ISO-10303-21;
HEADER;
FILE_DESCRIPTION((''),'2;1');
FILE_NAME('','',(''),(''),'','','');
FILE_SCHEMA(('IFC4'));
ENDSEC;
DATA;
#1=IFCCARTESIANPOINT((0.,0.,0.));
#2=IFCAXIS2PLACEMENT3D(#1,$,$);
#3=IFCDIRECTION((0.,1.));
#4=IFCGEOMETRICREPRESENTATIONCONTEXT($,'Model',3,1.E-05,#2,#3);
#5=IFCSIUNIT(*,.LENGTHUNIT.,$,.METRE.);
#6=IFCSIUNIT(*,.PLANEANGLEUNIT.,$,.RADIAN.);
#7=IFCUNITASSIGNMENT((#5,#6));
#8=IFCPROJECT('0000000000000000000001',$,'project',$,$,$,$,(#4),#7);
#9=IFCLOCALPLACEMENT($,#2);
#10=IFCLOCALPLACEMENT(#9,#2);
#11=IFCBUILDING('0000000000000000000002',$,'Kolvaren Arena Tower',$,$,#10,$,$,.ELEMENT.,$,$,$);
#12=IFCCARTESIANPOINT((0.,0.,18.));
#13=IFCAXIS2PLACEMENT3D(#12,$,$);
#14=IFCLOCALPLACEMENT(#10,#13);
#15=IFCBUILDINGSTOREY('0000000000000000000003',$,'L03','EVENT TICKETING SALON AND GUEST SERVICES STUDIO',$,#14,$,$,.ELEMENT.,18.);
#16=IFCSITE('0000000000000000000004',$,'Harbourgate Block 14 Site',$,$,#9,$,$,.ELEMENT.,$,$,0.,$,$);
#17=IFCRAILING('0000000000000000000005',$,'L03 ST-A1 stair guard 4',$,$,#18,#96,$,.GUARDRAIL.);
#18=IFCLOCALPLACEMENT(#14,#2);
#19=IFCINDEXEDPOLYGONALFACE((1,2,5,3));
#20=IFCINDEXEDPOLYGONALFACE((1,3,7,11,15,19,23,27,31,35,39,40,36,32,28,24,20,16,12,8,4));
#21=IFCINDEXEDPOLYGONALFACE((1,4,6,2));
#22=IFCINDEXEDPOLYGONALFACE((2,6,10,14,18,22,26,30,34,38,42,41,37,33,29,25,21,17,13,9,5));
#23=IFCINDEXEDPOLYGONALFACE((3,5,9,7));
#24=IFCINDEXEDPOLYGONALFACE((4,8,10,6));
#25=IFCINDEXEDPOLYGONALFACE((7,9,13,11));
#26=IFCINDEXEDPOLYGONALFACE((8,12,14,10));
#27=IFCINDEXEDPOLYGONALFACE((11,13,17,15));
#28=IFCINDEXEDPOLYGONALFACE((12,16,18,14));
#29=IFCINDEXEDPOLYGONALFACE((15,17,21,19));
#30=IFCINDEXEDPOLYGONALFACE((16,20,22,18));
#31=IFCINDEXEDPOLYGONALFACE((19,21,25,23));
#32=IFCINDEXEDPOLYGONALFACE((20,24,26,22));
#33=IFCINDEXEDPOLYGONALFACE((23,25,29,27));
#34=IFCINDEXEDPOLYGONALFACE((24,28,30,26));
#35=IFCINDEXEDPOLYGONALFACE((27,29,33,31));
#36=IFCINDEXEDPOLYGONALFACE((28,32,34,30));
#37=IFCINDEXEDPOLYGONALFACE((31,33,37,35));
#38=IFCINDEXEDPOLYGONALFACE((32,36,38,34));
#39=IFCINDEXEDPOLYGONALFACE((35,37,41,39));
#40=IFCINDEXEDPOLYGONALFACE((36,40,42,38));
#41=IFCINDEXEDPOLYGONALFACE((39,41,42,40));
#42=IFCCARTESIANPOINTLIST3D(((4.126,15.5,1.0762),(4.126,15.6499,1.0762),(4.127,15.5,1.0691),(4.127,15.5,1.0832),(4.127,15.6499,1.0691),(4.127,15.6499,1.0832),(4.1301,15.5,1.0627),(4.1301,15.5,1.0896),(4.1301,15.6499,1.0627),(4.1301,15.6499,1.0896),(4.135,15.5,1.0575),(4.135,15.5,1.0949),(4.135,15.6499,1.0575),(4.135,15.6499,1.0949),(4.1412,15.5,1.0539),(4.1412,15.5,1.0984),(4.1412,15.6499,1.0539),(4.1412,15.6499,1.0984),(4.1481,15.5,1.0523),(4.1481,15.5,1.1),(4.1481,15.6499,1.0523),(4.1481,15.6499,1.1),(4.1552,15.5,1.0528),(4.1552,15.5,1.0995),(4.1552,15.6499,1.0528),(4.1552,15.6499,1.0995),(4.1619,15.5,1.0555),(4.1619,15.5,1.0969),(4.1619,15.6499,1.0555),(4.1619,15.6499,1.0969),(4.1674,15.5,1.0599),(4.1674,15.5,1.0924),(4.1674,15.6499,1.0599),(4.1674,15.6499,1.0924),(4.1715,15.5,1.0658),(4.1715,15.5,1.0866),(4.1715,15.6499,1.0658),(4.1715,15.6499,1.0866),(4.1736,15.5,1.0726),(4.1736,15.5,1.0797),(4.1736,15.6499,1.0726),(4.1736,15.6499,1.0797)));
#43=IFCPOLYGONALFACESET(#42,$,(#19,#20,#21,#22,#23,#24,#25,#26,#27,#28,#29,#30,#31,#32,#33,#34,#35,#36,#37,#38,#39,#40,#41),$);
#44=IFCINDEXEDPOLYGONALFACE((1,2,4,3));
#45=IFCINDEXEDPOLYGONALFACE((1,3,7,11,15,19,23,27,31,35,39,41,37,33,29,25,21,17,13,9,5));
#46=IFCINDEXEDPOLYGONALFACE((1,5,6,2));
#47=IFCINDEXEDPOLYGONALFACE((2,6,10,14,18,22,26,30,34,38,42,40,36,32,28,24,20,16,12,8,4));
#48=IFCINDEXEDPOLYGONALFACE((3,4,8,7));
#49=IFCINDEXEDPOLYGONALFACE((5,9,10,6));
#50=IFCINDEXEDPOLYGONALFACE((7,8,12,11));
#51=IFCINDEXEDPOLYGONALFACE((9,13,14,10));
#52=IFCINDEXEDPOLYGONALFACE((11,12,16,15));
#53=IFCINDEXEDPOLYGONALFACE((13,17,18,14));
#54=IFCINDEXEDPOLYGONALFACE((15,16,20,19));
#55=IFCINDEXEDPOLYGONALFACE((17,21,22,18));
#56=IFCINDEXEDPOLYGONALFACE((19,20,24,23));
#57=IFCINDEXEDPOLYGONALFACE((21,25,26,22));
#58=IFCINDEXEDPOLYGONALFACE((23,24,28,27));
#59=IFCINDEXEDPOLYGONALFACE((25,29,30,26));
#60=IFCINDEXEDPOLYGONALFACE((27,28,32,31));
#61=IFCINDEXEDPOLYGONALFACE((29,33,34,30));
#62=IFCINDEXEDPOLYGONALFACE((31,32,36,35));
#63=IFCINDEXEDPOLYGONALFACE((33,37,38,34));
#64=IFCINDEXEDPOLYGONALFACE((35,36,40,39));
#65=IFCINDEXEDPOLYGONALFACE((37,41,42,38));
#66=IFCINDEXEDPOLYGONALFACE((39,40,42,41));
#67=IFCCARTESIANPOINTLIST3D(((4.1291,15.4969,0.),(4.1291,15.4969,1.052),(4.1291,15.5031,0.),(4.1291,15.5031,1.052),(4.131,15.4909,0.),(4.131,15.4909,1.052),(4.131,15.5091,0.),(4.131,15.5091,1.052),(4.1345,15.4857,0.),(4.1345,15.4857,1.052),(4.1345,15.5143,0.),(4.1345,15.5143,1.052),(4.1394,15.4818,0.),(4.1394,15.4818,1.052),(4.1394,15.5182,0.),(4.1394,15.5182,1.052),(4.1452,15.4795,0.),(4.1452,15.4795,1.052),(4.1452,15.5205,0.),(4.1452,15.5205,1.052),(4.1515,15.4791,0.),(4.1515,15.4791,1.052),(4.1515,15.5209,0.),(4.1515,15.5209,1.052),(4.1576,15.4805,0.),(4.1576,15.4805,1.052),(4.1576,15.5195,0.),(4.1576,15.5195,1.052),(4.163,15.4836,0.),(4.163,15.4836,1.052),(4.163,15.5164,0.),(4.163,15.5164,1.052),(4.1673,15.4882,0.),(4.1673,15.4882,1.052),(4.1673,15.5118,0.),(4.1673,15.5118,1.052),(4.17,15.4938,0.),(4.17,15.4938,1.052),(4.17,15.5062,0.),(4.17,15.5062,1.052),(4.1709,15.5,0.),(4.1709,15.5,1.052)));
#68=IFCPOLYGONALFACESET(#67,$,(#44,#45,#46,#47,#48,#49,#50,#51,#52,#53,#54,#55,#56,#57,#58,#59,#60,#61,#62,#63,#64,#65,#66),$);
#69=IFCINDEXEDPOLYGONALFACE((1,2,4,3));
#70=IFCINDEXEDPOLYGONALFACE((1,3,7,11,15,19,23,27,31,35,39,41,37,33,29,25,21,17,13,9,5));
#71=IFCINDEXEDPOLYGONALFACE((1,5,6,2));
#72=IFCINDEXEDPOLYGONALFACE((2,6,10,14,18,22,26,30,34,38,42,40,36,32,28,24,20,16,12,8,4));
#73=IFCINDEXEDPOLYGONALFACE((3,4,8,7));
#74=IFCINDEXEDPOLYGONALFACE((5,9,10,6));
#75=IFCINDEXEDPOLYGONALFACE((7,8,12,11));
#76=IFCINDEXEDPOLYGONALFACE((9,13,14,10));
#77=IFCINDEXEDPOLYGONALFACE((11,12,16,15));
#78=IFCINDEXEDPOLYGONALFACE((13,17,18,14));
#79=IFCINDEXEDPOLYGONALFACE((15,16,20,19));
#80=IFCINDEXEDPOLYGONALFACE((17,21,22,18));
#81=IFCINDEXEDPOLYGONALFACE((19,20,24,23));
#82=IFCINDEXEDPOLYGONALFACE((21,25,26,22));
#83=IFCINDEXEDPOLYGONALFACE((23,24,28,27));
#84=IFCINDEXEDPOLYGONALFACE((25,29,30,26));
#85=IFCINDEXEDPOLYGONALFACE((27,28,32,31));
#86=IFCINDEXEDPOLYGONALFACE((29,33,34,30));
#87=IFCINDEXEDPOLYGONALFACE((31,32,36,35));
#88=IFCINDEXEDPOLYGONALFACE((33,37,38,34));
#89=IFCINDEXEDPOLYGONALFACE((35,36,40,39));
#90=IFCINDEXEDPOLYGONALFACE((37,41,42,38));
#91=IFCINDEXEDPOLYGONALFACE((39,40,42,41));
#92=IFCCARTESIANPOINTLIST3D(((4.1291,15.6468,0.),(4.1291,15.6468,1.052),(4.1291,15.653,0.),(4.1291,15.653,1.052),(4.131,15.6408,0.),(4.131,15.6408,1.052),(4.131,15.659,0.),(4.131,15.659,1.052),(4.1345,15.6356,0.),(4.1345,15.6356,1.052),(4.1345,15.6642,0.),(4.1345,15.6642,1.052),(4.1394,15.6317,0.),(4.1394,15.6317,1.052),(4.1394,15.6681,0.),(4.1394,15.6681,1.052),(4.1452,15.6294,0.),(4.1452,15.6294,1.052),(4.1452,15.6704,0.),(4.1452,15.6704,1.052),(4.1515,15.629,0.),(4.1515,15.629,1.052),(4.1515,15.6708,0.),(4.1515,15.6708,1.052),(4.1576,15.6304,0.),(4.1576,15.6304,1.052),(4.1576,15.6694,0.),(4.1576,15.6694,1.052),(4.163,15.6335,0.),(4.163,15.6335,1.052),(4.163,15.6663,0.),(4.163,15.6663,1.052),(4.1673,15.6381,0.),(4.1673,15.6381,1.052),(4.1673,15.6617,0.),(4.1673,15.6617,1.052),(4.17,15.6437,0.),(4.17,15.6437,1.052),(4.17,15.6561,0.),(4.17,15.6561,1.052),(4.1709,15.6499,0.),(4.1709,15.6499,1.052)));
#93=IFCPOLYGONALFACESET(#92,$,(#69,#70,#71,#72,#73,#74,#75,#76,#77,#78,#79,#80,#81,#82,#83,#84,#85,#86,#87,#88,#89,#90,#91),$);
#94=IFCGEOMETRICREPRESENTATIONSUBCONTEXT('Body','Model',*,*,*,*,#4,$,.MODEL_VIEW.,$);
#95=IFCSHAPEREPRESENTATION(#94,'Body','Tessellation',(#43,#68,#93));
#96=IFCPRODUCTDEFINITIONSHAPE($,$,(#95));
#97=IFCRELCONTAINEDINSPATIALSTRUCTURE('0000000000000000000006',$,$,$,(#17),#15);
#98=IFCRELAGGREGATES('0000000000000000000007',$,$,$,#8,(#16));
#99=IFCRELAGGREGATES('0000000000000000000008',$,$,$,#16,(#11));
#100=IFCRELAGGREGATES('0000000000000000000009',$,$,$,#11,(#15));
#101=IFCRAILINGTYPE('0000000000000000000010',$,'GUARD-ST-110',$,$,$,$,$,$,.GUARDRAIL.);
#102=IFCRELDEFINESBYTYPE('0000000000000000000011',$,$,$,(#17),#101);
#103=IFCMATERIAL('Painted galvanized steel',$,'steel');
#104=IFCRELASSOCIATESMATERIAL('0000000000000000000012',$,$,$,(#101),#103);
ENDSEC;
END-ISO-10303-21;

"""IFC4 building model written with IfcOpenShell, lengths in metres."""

from ifc_helpers import new_model, si_unit, direction, frame, origin, origin_2d, place, context, subcontext, project, spatial, circle, extrude, material, type_object, element, save


model = new_model("IFC4")

# Units and contexts
model_context = context("Model", 3, precision=1e-05, world=origin(), true_north=direction((0.0, 1.0)))
body_context = subcontext(model_context, "Body", "Model", "MODEL_VIEW")
ifc_project = project(units=[si_unit("LENGTHUNIT", "METRE"), si_unit("PLANEANGLEUNIT", "RADIAN")], contexts=[model_context])

# Site, building, storey
site_placement = place(None, origin())
site = spatial("IfcSite", under=ifc_project, at=site_placement, Name="Harbourgate Block 14 Site", CompositionType="ELEMENT", RefElevation=0.0)
building_placement = place(site_placement, origin())
building = spatial("IfcBuilding", under=site, at=building_placement, Name="Kolvaren Arena Tower", CompositionType="ELEMENT")
storey_placement = place(building_placement, frame((0.0, 0.0, 18.0)))
storey = spatial("IfcBuildingStorey", under=building, at=storey_placement, Name="L03", Description="EVENT TICKETING SALON AND GUEST SERVICES STUDIO", CompositionType="ELEMENT", Elevation=18.0)

# Railing
ifc_material_1 = material(Name="Painted galvanized steel", Category="steel")
railing_type_1 = type_object("IfcRailingType", Name="GUARD-ST-110", PredefinedType="GUARDRAIL", material=ifc_material_1)
railing_1_placement = place(storey_placement, frame((4.1499, 15.5, 0.0)))
element("IfcRailing", 1, at=railing_1_placement, inside=storey, type_object=railing_type_1, Name="L03 ST-A1 stair guard 4", PredefinedType="GUARDRAIL", context=body_context, shape_type="SweptSolid", body=[
    extrude(circle(Radius=0.0239, at=origin_2d()), frame((0.0, 0.0, 1.0762), z_axis=(0.0, 1.0, 0.0), x_axis=(-1.0, 0.0, 0.0)), (0.0, 0.0, 1.0), 0.1499),
    extrude(circle(Radius=0.021, at=origin_2d()), origin(), (0.0, 0.0, 1.0), 1.052),
    extrude(circle(Radius=0.021, at=origin_2d()), frame((0.0, 0.1499, 0.0)), (0.0, 0.0, 1.0), 1.052),
])

save(model, "model.ifc")
